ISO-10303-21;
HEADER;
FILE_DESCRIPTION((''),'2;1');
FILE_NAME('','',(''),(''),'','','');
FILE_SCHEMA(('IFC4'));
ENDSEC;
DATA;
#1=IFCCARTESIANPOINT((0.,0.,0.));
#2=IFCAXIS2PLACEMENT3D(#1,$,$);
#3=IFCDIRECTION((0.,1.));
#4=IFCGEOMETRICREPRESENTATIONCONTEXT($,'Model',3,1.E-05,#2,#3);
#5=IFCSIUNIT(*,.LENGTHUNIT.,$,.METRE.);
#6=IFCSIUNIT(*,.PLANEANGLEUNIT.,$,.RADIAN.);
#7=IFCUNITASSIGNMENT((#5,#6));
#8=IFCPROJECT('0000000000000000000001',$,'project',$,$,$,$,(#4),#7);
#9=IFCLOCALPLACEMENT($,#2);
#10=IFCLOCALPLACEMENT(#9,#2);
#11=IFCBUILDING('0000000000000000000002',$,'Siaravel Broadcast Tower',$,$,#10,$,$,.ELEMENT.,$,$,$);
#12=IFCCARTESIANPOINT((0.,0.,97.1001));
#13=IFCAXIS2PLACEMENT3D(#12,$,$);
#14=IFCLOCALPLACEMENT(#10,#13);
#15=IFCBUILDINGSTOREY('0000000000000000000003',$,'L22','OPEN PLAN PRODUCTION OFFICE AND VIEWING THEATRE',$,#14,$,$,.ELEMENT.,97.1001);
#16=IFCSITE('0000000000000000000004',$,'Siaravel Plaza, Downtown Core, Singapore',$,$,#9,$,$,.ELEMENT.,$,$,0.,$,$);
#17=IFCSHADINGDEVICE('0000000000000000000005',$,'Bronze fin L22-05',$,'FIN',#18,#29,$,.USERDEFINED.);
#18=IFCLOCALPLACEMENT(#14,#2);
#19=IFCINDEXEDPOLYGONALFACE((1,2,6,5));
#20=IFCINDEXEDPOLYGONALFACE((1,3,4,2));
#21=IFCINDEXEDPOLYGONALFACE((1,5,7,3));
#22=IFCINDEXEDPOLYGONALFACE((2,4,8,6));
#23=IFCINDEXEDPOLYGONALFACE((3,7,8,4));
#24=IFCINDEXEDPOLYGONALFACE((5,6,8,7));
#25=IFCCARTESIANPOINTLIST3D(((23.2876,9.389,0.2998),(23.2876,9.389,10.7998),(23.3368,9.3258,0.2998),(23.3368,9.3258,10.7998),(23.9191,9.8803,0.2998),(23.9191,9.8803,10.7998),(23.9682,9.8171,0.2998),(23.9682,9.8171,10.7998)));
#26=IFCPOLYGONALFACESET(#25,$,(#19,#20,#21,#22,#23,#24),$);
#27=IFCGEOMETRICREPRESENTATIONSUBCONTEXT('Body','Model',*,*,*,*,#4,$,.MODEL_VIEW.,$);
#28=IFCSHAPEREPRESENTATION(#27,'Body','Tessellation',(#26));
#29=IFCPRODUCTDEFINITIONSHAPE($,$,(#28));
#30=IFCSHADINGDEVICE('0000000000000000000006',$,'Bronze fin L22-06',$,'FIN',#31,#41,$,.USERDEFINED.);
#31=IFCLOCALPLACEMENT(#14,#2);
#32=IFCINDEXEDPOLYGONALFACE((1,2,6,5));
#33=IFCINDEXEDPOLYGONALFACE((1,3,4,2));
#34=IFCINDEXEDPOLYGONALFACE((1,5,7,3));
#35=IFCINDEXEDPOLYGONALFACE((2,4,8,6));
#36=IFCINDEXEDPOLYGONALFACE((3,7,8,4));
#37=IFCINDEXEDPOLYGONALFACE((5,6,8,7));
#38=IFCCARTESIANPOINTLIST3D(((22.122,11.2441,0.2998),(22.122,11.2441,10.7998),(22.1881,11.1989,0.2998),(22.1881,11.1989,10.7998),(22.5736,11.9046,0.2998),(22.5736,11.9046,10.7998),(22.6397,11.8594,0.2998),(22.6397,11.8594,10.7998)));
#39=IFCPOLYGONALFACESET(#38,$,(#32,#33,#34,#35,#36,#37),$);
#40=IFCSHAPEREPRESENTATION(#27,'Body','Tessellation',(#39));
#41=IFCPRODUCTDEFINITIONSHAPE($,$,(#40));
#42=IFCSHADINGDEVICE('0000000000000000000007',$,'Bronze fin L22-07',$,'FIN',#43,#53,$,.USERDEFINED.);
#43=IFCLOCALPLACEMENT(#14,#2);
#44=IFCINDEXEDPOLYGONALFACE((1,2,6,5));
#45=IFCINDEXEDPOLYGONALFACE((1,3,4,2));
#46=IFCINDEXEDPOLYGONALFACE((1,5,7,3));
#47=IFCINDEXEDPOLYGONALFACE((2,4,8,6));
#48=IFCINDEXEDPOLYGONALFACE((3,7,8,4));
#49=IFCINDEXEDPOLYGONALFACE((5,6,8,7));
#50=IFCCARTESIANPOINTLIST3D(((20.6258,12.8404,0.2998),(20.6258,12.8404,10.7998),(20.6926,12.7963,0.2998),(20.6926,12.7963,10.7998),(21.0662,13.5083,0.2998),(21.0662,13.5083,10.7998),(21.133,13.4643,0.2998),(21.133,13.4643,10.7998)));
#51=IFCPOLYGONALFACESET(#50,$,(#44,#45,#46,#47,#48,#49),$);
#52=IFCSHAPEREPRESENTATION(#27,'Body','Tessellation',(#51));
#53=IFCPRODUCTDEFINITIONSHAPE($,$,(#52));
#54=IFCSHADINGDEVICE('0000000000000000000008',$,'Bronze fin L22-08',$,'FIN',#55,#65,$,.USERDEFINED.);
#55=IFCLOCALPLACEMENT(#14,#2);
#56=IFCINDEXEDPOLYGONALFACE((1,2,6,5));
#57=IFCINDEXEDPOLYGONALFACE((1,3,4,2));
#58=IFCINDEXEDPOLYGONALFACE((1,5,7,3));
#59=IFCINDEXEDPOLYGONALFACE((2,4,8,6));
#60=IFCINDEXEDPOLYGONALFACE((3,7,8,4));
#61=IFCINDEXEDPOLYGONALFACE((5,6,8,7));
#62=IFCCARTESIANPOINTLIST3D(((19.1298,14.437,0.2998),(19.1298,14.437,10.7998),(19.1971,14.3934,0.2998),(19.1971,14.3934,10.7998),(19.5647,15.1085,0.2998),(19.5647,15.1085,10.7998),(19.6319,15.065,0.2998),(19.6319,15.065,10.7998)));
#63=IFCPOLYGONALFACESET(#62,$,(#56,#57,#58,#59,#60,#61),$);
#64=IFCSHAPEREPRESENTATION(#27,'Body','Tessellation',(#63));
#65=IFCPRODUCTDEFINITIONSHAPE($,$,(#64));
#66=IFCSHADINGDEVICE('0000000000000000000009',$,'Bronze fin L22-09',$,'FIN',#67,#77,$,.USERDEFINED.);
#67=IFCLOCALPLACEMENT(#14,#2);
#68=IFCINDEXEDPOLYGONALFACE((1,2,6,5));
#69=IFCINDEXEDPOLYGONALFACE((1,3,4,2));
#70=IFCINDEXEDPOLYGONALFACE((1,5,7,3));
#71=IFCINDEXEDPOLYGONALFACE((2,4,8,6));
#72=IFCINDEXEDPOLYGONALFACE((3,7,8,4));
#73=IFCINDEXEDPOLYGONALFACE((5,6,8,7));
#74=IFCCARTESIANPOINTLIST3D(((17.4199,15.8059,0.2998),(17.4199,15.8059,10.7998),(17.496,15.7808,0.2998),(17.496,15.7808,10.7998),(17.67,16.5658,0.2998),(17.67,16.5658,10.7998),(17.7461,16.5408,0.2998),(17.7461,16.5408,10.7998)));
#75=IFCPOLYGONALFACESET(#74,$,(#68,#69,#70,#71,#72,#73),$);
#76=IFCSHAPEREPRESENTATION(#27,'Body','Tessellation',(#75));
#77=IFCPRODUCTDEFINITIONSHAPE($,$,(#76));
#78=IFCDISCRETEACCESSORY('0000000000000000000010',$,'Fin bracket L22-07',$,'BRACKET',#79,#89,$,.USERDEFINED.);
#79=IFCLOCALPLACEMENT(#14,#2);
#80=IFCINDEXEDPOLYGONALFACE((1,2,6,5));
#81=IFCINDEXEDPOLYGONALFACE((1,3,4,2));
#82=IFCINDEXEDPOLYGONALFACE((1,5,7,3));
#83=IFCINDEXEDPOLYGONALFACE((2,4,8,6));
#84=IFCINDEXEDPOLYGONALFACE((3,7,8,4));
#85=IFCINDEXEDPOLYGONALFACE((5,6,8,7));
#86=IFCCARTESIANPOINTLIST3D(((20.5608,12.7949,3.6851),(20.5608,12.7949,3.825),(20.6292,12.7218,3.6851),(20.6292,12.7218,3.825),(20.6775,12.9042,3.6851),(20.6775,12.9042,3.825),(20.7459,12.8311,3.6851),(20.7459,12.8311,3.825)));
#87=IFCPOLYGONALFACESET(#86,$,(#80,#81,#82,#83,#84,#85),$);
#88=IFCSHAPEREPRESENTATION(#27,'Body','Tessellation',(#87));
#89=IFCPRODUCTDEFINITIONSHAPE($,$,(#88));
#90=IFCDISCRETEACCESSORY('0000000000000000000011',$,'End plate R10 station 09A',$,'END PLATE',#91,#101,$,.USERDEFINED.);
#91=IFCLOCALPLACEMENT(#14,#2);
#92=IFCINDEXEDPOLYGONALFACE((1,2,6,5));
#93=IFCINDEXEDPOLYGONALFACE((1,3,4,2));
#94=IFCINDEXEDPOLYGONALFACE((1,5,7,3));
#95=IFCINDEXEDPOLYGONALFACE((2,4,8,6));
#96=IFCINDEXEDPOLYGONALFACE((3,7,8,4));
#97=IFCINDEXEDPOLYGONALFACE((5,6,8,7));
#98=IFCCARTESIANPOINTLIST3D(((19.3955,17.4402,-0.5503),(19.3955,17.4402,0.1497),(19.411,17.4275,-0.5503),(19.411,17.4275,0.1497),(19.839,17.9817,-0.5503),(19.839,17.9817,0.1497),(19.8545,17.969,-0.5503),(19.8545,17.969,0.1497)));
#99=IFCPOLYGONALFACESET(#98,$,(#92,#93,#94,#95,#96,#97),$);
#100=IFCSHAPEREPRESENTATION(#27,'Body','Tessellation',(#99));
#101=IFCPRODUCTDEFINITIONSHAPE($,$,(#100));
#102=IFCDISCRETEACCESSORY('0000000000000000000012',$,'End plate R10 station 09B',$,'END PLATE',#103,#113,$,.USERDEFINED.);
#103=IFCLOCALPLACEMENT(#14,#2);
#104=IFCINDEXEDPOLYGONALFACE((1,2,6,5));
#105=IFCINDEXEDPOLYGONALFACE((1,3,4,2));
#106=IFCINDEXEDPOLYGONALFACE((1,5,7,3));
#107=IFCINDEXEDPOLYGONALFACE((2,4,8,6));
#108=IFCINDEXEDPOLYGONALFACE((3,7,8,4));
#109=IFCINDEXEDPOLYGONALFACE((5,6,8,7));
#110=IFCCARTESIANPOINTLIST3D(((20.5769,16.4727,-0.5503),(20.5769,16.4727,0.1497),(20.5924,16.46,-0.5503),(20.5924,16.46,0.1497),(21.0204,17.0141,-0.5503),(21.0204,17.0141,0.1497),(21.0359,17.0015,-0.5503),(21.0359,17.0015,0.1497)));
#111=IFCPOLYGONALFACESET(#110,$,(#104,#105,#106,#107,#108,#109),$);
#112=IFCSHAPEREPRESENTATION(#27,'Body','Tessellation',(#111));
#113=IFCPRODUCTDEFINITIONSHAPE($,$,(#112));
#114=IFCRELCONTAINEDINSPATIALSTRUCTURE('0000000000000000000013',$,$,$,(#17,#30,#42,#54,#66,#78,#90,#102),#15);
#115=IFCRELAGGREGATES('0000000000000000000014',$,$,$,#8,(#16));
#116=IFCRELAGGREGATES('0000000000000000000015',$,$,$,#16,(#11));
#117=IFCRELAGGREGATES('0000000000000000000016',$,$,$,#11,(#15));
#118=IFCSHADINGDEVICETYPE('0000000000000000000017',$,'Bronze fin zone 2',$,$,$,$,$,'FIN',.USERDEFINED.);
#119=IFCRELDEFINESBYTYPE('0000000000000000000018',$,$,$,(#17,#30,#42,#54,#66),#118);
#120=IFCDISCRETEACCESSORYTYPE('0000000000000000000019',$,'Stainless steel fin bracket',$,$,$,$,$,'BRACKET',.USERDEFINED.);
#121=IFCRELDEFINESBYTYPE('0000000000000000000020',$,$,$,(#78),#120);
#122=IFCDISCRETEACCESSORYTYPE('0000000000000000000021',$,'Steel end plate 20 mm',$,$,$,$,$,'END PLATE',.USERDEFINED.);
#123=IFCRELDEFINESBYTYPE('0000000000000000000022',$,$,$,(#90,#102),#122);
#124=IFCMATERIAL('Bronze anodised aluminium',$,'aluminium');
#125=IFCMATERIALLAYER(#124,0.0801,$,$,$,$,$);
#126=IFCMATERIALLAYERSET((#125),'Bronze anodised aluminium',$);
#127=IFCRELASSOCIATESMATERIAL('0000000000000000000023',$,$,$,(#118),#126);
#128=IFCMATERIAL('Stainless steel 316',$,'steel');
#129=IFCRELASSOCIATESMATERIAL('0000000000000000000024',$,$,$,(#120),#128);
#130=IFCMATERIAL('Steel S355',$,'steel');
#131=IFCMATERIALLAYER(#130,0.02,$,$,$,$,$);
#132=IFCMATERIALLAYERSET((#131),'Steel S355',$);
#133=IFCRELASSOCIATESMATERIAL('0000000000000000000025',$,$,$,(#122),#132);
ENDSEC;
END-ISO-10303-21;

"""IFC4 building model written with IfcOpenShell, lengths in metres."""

from ifc_helpers import new_model, si_unit, direction, frame, origin, origin_2d, place, context, subcontext, project, spatial, rectangle, extrude, material, layer, layer_set, type_object, element, save


model = new_model("IFC4")

# Units and contexts
model_context = context("Model", 3, precision=1e-05, world=origin(), true_north=direction((0.0, 1.0)))
body_context = subcontext(model_context, "Body", "Model", "MODEL_VIEW")
ifc_project = project(units=[si_unit("LENGTHUNIT", "METRE"), si_unit("PLANEANGLEUNIT", "RADIAN")], contexts=[model_context])

# Site, building, storey
site_placement = place(None, origin())
site = spatial("IfcSite", under=ifc_project, at=site_placement, Name="Siaravel Plaza, Downtown Core, Singapore", CompositionType="ELEMENT", RefElevation=0.0)
building_placement = place(site_placement, origin())
building = spatial("IfcBuilding", under=site, at=building_placement, Name="Siaravel Broadcast Tower", CompositionType="ELEMENT")
storey_placement = place(building_placement, frame((0.0, 0.0, 97.1001)))
storey = spatial("IfcBuildingStorey", under=building, at=storey_placement, Name="L22", Description="OPEN PLAN PRODUCTION OFFICE AND VIEWING THEATRE", CompositionType="ELEMENT", Elevation=97.1001)

# Shared definitions
ifc_material_1 = material(Name="Steel S355", Category="steel")

# Shading devices
ifc_material_2 = material(Name="Bronze anodised aluminium", Category="aluminium")
ifc_layer_1 = layer(ifc_material_2, 0.0801)
ifc_layer_set_1 = layer_set([ifc_layer_1], Name="Bronze anodised aluminium")
shading_device_type = type_object("IfcShadingDeviceType", Name="Bronze fin zone 2", ElementType="FIN", PredefinedType="USERDEFINED", material=ifc_layer_set_1)
for number, where, z_axis, x_axis, name in (
    (1, (23.6279, 9.603, 0.2998), (0.0, 0.0, 1.0), (0.789268, 0.614048, 0.0), "Bronze fin L22-05"),
    (2, (22.3809, 11.5518, 0.2998), (0.0, 0.0, 1.0), (0.564376, 0.825518, 0.0), "Bronze fin L22-06"),
    (3, (20.8794, 13.1523, 0.2998), (0.0, 0.0, 1.0), (0.550466, 0.834857, 0.0), "Bronze fin L22-07"),
    (4, (19.3809, 14.751, 0.2998), (0.0, 0.0, 1.0), (0.543492, 0.839414, 0.0), "Bronze fin L22-08"),
    (5, (17.583, 16.1733, 0.2998), (0.0, 0.0, 1.0), (0.312613, 0.94988, 0.0), "Bronze fin L22-09"),
):
    element("IfcShadingDevice", number, at=place(storey_placement, frame(where, z_axis=z_axis, x_axis=x_axis)), inside=storey, type_object=shading_device_type, Name=name, ObjectType="FIN", PredefinedType="USERDEFINED", context=body_context, shape_type="SweptSolid", body=[
        extrude(rectangle(XDim=0.8, YDim=0.0801, at=origin_2d()), origin(), (0.0, 0.0, 1.0), 10.5),
    ])

# Discrete accessories
ifc_material_3 = material(Name="Stainless steel 316", Category="steel")
discrete_accessory_type_1 = type_object("IfcDiscreteAccessoryType", Name="Stainless steel fin bracket", ElementType="BRACKET", PredefinedType="USERDEFINED", material=ifc_material_3)
discrete_accessory_placement = place(storey_placement, frame((20.6533, 12.813, 3.6851), z_axis=(0.0, 0.0, 1.0), x_axis=(0.729804, 0.683656, 0.0)))
element("IfcDiscreteAccessory", 6, at=discrete_accessory_placement, inside=storey, type_object=discrete_accessory_type_1, Name="Fin bracket L22-07", ObjectType="BRACKET", PredefinedType="USERDEFINED", context=body_context, shape_type="SweptSolid", body=[
    extrude(rectangle(XDim=0.1599, YDim=0.1001, at=origin_2d()), origin(), (0.0, 0.0, 1.0), 0.1399),
])
ifc_layer_2 = layer(ifc_material_1, 0.02)
ifc_layer_set_2 = layer_set([ifc_layer_2], Name="Steel S355")
discrete_accessory_type_2 = type_object("IfcDiscreteAccessoryType", Name="Steel end plate 20 mm", ElementType="END PLATE", PredefinedType="USERDEFINED", material=ifc_layer_set_2)
for number, where, z_axis, x_axis, name in (
    (7, (19.625, 17.7046, -0.5503), (0.0, 0.0, 1.0), (-0.773605, 0.633669, 0.0), "End plate R10 station 09A"),
    (8, (20.8064, 16.7371, -0.5503), (0.0, 0.0, 1.0), (-0.773605, 0.633669, 0.0), "End plate R10 station 09B"),
):
    element("IfcDiscreteAccessory", number, at=place(storey_placement, frame(where, z_axis=z_axis, x_axis=x_axis)), inside=storey, type_object=discrete_accessory_type_2, Name=name, ObjectType="END PLATE", PredefinedType="USERDEFINED", context=body_context, shape_type="SweptSolid", body=[
        extrude(rectangle(XDim=0.02, YDim=0.7, at=origin_2d()), origin(), (0.0, 0.0, 1.0), 0.7),
    ])

save(model, "model.ifc")
